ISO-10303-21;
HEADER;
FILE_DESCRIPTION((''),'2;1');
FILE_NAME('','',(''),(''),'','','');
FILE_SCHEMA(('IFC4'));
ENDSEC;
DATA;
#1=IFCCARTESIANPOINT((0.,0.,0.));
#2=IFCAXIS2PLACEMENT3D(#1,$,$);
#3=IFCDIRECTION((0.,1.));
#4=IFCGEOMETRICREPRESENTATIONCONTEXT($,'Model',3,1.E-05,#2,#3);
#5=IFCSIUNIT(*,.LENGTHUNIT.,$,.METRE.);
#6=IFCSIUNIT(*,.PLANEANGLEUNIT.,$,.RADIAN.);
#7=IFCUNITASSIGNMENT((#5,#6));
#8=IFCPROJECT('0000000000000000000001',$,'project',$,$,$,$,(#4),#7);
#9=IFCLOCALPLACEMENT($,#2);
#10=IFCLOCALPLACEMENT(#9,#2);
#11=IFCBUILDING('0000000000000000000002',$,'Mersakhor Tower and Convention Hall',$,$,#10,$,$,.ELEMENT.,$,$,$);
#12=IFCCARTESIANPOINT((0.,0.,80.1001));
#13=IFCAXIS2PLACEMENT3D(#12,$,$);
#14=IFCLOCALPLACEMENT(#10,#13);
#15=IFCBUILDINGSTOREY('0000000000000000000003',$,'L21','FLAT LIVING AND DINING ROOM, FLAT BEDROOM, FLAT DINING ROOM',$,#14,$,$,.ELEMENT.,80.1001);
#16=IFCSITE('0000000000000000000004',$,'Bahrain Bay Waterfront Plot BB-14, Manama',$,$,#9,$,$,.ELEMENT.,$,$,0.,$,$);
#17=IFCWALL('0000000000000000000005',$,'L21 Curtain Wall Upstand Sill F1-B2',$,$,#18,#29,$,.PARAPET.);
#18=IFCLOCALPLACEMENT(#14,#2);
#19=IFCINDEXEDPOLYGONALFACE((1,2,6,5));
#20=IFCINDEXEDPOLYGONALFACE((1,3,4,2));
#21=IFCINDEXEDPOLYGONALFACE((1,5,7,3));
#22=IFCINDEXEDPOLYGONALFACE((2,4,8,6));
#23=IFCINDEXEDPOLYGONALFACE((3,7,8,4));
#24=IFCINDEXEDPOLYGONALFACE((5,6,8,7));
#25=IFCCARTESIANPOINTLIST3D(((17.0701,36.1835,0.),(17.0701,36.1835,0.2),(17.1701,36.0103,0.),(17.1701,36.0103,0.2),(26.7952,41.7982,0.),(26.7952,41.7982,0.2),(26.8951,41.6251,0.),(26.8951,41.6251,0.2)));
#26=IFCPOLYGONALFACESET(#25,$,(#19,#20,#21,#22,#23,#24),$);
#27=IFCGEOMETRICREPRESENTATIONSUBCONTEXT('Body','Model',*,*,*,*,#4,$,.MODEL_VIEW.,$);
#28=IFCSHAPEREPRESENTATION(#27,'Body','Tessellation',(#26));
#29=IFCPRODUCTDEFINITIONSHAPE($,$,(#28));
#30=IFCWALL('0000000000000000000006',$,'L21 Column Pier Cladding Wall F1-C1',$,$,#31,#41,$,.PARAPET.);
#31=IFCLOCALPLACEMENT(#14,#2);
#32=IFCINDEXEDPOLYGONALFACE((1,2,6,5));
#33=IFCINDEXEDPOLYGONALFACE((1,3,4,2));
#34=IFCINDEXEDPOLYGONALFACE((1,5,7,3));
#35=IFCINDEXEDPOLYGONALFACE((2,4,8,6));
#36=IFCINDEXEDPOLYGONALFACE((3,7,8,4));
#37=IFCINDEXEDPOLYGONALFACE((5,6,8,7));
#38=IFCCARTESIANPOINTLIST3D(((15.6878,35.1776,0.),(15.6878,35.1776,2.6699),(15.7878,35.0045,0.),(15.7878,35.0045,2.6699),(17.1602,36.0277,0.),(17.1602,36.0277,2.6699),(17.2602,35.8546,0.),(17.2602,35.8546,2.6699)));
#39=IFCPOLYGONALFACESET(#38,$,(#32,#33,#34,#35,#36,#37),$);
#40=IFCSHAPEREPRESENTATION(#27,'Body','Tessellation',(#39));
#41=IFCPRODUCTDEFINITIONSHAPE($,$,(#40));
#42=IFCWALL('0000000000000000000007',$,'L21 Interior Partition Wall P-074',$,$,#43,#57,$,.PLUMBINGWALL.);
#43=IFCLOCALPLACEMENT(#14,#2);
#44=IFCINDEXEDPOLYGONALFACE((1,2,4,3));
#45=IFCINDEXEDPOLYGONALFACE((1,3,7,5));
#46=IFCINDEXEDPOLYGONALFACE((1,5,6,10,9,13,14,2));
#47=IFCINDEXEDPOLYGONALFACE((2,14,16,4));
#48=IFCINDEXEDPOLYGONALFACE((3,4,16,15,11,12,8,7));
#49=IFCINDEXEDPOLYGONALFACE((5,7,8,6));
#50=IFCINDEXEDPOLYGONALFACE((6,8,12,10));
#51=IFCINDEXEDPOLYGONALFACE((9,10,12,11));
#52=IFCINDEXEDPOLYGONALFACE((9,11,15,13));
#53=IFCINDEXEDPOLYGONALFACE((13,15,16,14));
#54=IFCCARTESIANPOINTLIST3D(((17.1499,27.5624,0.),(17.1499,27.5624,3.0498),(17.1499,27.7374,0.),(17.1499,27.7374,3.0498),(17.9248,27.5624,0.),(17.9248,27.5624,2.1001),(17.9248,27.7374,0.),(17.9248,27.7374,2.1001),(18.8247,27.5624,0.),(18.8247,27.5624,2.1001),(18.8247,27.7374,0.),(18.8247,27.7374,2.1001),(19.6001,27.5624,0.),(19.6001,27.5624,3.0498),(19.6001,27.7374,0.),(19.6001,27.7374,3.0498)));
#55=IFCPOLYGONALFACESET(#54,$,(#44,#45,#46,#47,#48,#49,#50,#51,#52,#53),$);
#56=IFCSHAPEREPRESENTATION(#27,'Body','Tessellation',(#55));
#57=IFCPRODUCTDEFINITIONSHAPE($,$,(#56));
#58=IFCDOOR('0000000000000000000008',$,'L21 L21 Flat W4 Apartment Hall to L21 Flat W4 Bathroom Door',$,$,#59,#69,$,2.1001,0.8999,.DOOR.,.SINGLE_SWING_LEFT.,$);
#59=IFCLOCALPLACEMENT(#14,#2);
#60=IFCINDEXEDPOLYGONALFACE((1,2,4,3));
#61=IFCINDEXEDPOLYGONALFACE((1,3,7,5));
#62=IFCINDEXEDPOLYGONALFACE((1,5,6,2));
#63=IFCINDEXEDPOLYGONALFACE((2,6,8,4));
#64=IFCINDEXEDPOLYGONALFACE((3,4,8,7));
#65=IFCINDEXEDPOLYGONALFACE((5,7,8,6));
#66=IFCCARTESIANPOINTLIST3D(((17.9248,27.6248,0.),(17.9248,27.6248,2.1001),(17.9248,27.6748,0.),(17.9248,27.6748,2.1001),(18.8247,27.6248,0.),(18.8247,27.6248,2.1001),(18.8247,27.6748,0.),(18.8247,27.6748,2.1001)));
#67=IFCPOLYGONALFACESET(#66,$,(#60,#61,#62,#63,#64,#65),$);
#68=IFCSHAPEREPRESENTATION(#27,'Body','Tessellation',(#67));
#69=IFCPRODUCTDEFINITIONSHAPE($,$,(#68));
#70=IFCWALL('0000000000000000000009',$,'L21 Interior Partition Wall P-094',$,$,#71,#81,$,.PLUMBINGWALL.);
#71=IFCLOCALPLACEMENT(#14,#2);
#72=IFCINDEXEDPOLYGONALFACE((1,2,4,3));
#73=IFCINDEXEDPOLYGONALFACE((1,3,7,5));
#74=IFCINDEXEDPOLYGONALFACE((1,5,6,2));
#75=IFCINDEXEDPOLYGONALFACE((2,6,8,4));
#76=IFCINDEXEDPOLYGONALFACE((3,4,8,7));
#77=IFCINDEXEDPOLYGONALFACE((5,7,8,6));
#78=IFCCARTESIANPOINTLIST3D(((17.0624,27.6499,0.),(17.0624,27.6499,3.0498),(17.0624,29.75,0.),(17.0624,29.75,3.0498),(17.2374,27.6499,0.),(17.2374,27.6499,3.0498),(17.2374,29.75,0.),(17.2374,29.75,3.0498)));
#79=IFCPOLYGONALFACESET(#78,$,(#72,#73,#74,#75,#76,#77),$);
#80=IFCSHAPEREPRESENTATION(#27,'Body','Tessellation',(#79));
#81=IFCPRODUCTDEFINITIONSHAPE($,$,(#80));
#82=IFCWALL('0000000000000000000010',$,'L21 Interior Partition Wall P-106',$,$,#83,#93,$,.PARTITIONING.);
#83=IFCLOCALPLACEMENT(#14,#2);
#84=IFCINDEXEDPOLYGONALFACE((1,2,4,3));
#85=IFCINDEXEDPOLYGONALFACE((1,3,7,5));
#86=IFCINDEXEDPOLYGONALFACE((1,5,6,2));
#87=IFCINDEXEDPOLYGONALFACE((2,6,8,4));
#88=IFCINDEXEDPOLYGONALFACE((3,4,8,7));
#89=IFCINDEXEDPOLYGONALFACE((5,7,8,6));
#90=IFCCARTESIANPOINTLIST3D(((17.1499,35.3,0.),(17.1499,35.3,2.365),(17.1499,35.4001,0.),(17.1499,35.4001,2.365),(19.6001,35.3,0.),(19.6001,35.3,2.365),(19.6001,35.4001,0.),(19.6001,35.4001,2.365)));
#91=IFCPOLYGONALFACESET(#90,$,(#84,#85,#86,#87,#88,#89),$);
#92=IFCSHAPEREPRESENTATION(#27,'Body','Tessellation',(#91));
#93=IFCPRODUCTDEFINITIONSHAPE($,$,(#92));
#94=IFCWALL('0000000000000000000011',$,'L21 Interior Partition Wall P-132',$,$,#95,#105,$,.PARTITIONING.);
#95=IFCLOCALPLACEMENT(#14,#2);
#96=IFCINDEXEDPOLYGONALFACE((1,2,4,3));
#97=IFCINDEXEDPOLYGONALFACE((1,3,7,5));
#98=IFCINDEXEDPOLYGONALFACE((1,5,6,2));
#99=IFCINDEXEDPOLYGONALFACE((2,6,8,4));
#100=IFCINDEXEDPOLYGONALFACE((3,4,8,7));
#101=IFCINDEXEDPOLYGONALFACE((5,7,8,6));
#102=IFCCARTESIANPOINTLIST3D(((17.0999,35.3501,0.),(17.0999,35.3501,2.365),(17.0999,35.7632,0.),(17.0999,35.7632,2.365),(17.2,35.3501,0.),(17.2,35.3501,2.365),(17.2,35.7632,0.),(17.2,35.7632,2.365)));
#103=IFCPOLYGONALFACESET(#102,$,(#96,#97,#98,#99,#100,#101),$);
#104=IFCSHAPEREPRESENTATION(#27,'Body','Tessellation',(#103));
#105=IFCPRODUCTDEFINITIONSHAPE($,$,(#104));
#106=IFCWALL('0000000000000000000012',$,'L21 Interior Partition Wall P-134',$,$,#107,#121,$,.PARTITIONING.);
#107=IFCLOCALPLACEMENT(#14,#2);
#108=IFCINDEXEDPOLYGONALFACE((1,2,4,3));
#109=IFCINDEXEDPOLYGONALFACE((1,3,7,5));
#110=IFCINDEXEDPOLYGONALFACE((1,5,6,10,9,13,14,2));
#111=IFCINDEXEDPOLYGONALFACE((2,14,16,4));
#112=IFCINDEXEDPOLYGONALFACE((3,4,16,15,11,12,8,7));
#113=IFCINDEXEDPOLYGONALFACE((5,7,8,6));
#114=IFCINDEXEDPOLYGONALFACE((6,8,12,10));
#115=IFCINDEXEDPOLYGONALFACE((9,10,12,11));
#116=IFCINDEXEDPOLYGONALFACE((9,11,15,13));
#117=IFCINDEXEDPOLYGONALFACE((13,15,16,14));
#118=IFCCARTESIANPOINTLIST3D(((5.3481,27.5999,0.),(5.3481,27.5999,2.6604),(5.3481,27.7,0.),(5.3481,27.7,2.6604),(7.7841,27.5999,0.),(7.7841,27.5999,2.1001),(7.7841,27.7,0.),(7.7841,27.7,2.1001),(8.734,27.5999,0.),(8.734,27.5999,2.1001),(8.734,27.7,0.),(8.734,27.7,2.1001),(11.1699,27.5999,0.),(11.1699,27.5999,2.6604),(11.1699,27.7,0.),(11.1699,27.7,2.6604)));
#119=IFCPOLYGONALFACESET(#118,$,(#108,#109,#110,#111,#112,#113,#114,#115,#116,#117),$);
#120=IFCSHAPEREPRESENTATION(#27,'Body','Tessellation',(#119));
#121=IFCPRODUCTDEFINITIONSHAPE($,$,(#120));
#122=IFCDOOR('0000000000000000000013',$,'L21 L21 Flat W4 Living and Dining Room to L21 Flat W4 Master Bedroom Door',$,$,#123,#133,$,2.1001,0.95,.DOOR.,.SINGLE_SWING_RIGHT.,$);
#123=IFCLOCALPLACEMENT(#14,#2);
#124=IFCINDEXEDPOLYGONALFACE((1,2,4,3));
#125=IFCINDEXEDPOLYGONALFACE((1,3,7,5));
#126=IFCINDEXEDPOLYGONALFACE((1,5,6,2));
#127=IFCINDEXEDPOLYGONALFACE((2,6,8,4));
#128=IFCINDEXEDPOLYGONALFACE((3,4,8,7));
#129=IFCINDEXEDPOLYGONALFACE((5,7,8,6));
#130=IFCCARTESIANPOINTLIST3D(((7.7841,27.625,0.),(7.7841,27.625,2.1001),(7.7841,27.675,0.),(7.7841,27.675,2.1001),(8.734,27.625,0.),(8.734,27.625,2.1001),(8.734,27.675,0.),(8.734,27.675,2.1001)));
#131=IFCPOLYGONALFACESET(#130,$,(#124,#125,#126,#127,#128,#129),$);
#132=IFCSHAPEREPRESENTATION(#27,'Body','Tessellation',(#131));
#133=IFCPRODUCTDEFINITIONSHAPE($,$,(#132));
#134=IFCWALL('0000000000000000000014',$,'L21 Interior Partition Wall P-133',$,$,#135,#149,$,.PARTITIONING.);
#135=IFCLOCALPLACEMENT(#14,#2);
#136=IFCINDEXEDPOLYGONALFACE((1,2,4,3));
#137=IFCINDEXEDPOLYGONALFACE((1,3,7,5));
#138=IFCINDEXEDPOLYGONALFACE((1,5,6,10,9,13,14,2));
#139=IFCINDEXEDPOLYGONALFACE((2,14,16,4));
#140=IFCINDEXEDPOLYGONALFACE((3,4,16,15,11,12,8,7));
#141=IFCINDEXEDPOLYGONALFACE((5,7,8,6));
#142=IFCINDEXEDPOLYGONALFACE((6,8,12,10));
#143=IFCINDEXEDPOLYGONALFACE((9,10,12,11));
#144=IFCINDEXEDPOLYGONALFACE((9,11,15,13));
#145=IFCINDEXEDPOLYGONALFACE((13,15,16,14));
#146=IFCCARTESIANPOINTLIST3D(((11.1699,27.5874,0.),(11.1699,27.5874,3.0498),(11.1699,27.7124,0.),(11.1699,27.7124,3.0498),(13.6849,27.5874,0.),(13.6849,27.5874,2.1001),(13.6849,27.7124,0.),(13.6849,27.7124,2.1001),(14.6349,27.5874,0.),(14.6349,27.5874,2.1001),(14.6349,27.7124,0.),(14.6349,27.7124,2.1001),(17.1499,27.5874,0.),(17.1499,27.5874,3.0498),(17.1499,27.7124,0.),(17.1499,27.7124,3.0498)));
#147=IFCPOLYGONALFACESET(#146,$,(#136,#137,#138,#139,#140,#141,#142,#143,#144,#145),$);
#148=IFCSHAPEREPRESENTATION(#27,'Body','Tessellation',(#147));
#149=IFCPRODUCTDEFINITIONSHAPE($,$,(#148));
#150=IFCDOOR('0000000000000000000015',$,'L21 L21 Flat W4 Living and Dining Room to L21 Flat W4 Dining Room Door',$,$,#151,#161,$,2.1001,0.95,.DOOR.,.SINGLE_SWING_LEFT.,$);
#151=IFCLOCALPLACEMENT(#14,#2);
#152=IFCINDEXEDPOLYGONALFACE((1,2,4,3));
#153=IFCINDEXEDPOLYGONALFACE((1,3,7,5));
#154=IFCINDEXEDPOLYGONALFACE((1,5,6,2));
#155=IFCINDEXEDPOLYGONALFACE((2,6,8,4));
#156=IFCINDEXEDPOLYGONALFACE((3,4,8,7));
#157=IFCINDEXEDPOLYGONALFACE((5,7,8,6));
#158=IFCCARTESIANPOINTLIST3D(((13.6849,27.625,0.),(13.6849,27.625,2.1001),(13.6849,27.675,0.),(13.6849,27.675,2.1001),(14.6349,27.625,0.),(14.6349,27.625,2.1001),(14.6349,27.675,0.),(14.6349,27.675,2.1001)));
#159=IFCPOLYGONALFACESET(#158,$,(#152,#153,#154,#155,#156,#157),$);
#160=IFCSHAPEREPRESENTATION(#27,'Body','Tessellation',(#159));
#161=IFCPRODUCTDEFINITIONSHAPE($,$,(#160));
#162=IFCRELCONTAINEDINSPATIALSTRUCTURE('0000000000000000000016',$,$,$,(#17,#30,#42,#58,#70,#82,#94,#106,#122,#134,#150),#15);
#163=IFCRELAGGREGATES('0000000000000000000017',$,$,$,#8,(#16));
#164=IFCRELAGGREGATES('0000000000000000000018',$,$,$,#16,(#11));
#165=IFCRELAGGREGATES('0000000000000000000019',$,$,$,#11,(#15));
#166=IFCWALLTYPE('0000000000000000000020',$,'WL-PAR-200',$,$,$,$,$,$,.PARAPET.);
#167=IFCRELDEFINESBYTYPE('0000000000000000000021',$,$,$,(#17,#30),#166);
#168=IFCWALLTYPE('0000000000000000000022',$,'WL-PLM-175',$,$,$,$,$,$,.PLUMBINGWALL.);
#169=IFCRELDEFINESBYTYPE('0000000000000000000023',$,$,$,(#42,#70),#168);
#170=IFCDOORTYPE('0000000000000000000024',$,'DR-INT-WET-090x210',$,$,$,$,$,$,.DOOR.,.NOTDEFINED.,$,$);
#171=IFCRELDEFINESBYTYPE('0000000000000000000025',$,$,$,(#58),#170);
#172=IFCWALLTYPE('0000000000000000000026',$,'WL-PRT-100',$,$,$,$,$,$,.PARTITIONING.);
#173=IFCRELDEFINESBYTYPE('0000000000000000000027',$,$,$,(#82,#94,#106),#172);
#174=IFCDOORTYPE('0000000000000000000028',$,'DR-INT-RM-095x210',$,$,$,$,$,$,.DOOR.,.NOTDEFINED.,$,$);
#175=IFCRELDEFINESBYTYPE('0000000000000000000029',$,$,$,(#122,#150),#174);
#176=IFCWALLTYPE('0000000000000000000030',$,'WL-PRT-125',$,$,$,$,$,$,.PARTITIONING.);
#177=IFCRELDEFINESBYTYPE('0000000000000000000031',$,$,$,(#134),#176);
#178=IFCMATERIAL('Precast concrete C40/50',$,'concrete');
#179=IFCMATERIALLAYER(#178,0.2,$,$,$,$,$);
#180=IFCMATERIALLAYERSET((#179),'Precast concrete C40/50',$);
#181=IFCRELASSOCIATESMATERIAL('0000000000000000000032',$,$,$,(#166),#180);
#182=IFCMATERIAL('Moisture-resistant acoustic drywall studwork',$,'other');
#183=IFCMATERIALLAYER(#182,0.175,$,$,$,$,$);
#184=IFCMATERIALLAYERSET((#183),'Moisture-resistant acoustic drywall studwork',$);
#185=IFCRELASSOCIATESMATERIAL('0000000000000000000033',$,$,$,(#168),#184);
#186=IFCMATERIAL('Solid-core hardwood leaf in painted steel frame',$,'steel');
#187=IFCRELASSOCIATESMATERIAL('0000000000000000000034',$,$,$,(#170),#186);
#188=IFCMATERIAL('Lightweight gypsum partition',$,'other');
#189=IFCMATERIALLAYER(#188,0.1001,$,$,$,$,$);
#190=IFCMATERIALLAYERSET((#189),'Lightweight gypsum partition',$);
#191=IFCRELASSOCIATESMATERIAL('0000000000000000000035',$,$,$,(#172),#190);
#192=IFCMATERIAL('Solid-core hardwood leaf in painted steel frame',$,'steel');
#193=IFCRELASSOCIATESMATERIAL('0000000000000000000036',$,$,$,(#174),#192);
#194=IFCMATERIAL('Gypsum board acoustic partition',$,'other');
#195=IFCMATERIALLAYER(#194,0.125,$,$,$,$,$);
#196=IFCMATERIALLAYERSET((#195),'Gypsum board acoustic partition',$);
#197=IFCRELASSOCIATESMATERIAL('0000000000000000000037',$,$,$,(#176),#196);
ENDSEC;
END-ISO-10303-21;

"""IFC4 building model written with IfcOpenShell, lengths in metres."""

from ifc_helpers import new_model, si_unit, direction, frame, frame_2d, origin, place, context, subcontext, project, spatial, rectangle, extrude, material, layer, layer_set, type_object, element, fill, save


model = new_model("IFC4")

# Units and contexts
model_context = context("Model", 3, precision=1e-05, world=origin(), true_north=direction((0.0, 1.0)))
body_context = subcontext(model_context, "Body", "Model", "MODEL_VIEW")
ifc_project = project(units=[si_unit("LENGTHUNIT", "METRE"), si_unit("PLANEANGLEUNIT", "RADIAN")], contexts=[model_context])

# Site, building, storey
site_placement = place(None, origin())
site = spatial("IfcSite", under=ifc_project, at=site_placement, Name="Bahrain Bay Waterfront Plot BB-14, Manama", CompositionType="ELEMENT", RefElevation=0.0)
building_placement = place(site_placement, origin())
building = spatial("IfcBuilding", under=site, at=building_placement, Name="Mersakhor Tower and Convention Hall", CompositionType="ELEMENT")
storey_placement = place(building_placement, frame((0.0, 0.0, 80.1001)))
storey = spatial("IfcBuildingStorey", under=building, at=storey_placement, Name="L21", Description="FLAT LIVING AND DINING ROOM, FLAT BEDROOM, FLAT DINING ROOM", CompositionType="ELEMENT", Elevation=80.1001)

# Walls
ifc_material_1 = material(Name="Precast concrete C40/50", Category="concrete")
ifc_layer_1 = layer(ifc_material_1, 0.2)
ifc_layer_set_1 = layer_set([ifc_layer_1], Name="Precast concrete C40/50")
wall_type_1 = type_object("IfcWallType", Name="WL-PAR-200", PredefinedType="PARAPET", material=ifc_layer_set_1)
wall_1_placement = place(storey_placement, frame((17.1201, 36.0969, 0.0), z_axis=(0.0, 0.0, 1.0), x_axis=(0.866027, 0.499997, 0.0)))
element("IfcWall", 1, at=wall_1_placement, inside=storey, type_object=wall_type_1, Name="L21 Curtain Wall Upstand Sill F1-B2", PredefinedType="PARAPET", context=body_context, shape_type="SweptSolid", body=[
    extrude(rectangle(XDim=11.2295, YDim=0.2, at=frame_2d((5.6147, 0.0))), origin(), (0.0, 0.0, 1.0), 0.2),
])
wall_2_placement = place(storey_placement, frame((15.7378, 35.0911, 0.0), z_axis=(0.0, 0.0, 1.0), x_axis=(0.866025, 0.5, 0.0)))
element("IfcWall", 2, at=wall_2_placement, inside=storey, type_object=wall_type_1, Name="L21 Column Pier Cladding Wall F1-C1", PredefinedType="PARAPET", context=body_context, shape_type="SweptSolid", body=[
    extrude(rectangle(XDim=1.7002, YDim=0.2, at=frame_2d((0.8501, 0.0))), origin(), (0.0, 0.0, 1.0), 2.6699),
])

# Wall, opening, door
ifc_material_2 = material(Name="Moisture-resistant acoustic drywall studwork", Category="other")
ifc_layer_2 = layer(ifc_material_2, 0.175)
ifc_layer_set_2 = layer_set([ifc_layer_2], Name="Moisture-resistant acoustic drywall studwork")
wall_type_2 = type_object("IfcWallType", Name="WL-PLM-175", PredefinedType="PLUMBINGWALL", material=ifc_layer_set_2)
wall_3_placement = place(storey_placement, frame((17.1499, 27.6499, 0.0), z_axis=(0.0, 0.0, 1.0), x_axis=(1.0, 0.0, 0.0)))
wall_3 = element("IfcWall", 3, at=wall_3_placement, inside=storey, type_object=wall_type_2, Name="L21 Interior Partition Wall P-074", PredefinedType="PLUMBINGWALL", context=body_context, shape_type="SweptSolid", body=[
    extrude(rectangle(XDim=2.4502, YDim=0.175, at=frame_2d((1.2251, 0.0))), origin(), (0.0, 0.0, 1.0), 3.0498),
])
opening_1_placement = place(wall_3_placement, frame((0.7749, 0.0, 0.0)))
opening_1 = element("IfcOpeningElement", 4, at=opening_1_placement, cuts=wall_3, PredefinedType="OPENING", context=body_context, shape_type="SweptSolid", body=[
    extrude(rectangle(XDim=0.8999, YDim=2.1001, at=frame_2d((0.45, 1.05))), frame((0.0, 0.0974, 0.0), z_axis=(0.0, -1.0, 0.0), x_axis=(1.0, 0.0, 0.0)), (0.0, 0.0, 1.0), 0.1951),
])
ifc_material_3 = material(Name="Solid-core hardwood leaf in painted steel frame", Category="steel")
door_type_1 = type_object("IfcDoorType", Name="DR-INT-WET-090x210", OperationType="NOTDEFINED", PredefinedType="DOOR", material=ifc_material_3)
door_1_placement = place(opening_1_placement, origin())
door_1 = element("IfcDoor", 5, at=door_1_placement, inside=storey, type_object=door_type_1, Name="L21 L21 Flat W4 Apartment Hall to L21 Flat W4 Bathroom Door", OperationType="SINGLE_SWING_LEFT", OverallHeight=2.1001, OverallWidth=0.8999, PredefinedType="DOOR", context=body_context, shape_type="SweptSolid", body=[
    extrude(rectangle(XDim=0.8999, YDim=2.1001, at=frame_2d((0.45, 1.05))), frame((0.0, 0.0249, 0.0), z_axis=(0.0, -1.0, 0.0), x_axis=(1.0, 0.0, 0.0)), (0.0, 0.0, 1.0), 0.05),
])
fill(opening_1, door_1)

# Walls
wall_4_placement = place(storey_placement, frame((17.1499, 27.6499, 0.0), z_axis=(0.0, 0.0, 1.0), x_axis=(0.0, 1.0, 0.0)))
element("IfcWall", 6, at=wall_4_placement, inside=storey, type_object=wall_type_2, Name="L21 Interior Partition Wall P-094", PredefinedType="PLUMBINGWALL", context=body_context, shape_type="SweptSolid", body=[
    extrude(rectangle(XDim=2.1001, YDim=0.175, at=frame_2d((1.05, 0.0))), origin(), (0.0, 0.0, 1.0), 3.0498),
])
ifc_material_4 = material(Name="Lightweight gypsum partition", Category="other")
ifc_layer_3 = layer(ifc_material_4, 0.1001)
ifc_layer_set_3 = layer_set([ifc_layer_3], Name="Lightweight gypsum partition")
wall_type_3 = type_object("IfcWallType", Name="WL-PRT-100", PredefinedType="PARTITIONING", material=ifc_layer_set_3)
wall_5_placement = place(storey_placement, frame((17.1499, 35.3501, 0.0), z_axis=(0.0, 0.0, 1.0), x_axis=(1.0, 0.0, 0.0)))
element("IfcWall", 7, at=wall_5_placement, inside=storey, type_object=wall_type_3, Name="L21 Interior Partition Wall P-106", PredefinedType="PARTITIONING", context=body_context, shape_type="SweptSolid", body=[
    extrude(rectangle(XDim=2.4502, YDim=0.1001, at=frame_2d((1.2251, 0.0))), origin(), (0.0, 0.0, 1.0), 2.365),
])
wall_6_placement = place(storey_placement, frame((17.1499, 35.7632, 0.0), z_axis=(0.0, 0.0, 1.0), x_axis=(0.0, -1.0, 0.0)))
element("IfcWall", 8, at=wall_6_placement, inside=storey, type_object=wall_type_3, Name="L21 Interior Partition Wall P-132", PredefinedType="PARTITIONING", context=body_context, shape_type="SweptSolid", body=[
    extrude(rectangle(XDim=0.4131, YDim=0.1001, at=frame_2d((0.2065, 0.0))), origin(), (0.0, 0.0, 1.0), 2.365),
])

# Walls, openings, doors
wall_7_placement = place(storey_placement, frame((11.1699, 27.6499, 0.0), z_axis=(0.0, 0.0, 1.0), x_axis=(-1.0, 0.0, 0.0)))
wall_7 = element("IfcWall", 9, at=wall_7_placement, inside=storey, type_object=wall_type_3, Name="L21 Interior Partition Wall P-134", PredefinedType="PARTITIONING", context=body_context, shape_type="SweptSolid", body=[
    extrude(rectangle(XDim=5.8218, YDim=0.1001, at=frame_2d((2.9109, 0.0))), origin(), (0.0, 0.0, 1.0), 2.6604),
])
opening_2_placement = place(wall_7_placement, frame((2.4358, 0.0, 0.0)))
opening_2 = element("IfcOpeningElement", 10, at=opening_2_placement, cuts=wall_7, PredefinedType="OPENING", context=body_context, shape_type="SweptSolid", body=[
    extrude(rectangle(XDim=0.95, YDim=2.1001, at=frame_2d((0.4751, 1.05))), frame((0.0, 0.0601, 0.0), z_axis=(0.0, -1.0, 0.0), x_axis=(1.0, 0.0, 0.0)), (0.0, 0.0, 1.0), 0.1201),
])
ifc_material_5 = material(Name="Solid-core hardwood leaf in painted steel frame", Category="steel")
door_type_2 = type_object("IfcDoorType", Name="DR-INT-RM-095x210", OperationType="NOTDEFINED", PredefinedType="DOOR", material=ifc_material_5)
door_2_placement = place(opening_2_placement, origin())
door_2 = element("IfcDoor", 11, at=door_2_placement, inside=storey, type_object=door_type_2, Name="L21 L21 Flat W4 Living and Dining Room to L21 Flat W4 Master Bedroom Door", OperationType="SINGLE_SWING_RIGHT", OverallHeight=2.1001, OverallWidth=0.95, PredefinedType="DOOR", context=body_context, shape_type="SweptSolid", body=[
    extrude(rectangle(XDim=0.95, YDim=2.1001, at=frame_2d((0.4751, 1.05))), frame((0.0, 0.0249, 0.0), z_axis=(0.0, -1.0, 0.0), x_axis=(1.0, 0.0, 0.0)), (0.0, 0.0, 1.0), 0.05),
])
fill(opening_2, door_2)
ifc_material_6 = material(Name="Gypsum board acoustic partition", Category="other")
ifc_layer_4 = layer(ifc_material_6, 0.125)
ifc_layer_set_4 = layer_set([ifc_layer_4], Name="Gypsum board acoustic partition")
wall_type_4 = type_object("IfcWallType", Name="WL-PRT-125", PredefinedType="PARTITIONING", material=ifc_layer_set_4)
wall_8_placement = place(storey_placement, frame((17.1499, 27.6499, 0.0), z_axis=(0.0, 0.0, 1.0), x_axis=(-1.0, 0.0, 0.0)))
wall_8 = element("IfcWall", 12, at=wall_8_placement, inside=storey, type_object=wall_type_4, Name="L21 Interior Partition Wall P-133", PredefinedType="PARTITIONING", context=body_context, shape_type="SweptSolid", body=[
    extrude(rectangle(XDim=5.98, YDim=0.125, at=frame_2d((2.99, 0.0))), origin(), (0.0, 0.0, 1.0), 3.0498),
])
opening_3_placement = place(wall_8_placement, frame((2.5149, 0.0, 0.0)))
opening_3 = element("IfcOpeningElement", 13, at=opening_3_placement, cuts=wall_8, PredefinedType="OPENING", context=body_context, shape_type="SweptSolid", body=[
    extrude(rectangle(XDim=0.95, YDim=2.1001, at=frame_2d((0.4751, 1.05))), frame((0.0, 0.0725, 0.0), z_axis=(0.0, -1.0, 0.0), x_axis=(1.0, 0.0, 0.0)), (0.0, 0.0, 1.0), 0.145),
])
door_3_placement = place(opening_3_placement, origin())
door_3 = element("IfcDoor", 14, at=door_3_placement, inside=storey, type_object=door_type_2, Name="L21 L21 Flat W4 Living and Dining Room to L21 Flat W4 Dining Room Door", OperationType="SINGLE_SWING_LEFT", OverallHeight=2.1001, OverallWidth=0.95, PredefinedType="DOOR", context=body_context, shape_type="SweptSolid", body=[
    extrude(rectangle(XDim=0.95, YDim=2.1001, at=frame_2d((0.4751, 1.05))), frame((0.0, 0.0249, 0.0), z_axis=(0.0, -1.0, 0.0), x_axis=(1.0, 0.0, 0.0)), (0.0, 0.0, 1.0), 0.05),
])
fill(opening_3, door_3)

save(model, "model.ifc")
